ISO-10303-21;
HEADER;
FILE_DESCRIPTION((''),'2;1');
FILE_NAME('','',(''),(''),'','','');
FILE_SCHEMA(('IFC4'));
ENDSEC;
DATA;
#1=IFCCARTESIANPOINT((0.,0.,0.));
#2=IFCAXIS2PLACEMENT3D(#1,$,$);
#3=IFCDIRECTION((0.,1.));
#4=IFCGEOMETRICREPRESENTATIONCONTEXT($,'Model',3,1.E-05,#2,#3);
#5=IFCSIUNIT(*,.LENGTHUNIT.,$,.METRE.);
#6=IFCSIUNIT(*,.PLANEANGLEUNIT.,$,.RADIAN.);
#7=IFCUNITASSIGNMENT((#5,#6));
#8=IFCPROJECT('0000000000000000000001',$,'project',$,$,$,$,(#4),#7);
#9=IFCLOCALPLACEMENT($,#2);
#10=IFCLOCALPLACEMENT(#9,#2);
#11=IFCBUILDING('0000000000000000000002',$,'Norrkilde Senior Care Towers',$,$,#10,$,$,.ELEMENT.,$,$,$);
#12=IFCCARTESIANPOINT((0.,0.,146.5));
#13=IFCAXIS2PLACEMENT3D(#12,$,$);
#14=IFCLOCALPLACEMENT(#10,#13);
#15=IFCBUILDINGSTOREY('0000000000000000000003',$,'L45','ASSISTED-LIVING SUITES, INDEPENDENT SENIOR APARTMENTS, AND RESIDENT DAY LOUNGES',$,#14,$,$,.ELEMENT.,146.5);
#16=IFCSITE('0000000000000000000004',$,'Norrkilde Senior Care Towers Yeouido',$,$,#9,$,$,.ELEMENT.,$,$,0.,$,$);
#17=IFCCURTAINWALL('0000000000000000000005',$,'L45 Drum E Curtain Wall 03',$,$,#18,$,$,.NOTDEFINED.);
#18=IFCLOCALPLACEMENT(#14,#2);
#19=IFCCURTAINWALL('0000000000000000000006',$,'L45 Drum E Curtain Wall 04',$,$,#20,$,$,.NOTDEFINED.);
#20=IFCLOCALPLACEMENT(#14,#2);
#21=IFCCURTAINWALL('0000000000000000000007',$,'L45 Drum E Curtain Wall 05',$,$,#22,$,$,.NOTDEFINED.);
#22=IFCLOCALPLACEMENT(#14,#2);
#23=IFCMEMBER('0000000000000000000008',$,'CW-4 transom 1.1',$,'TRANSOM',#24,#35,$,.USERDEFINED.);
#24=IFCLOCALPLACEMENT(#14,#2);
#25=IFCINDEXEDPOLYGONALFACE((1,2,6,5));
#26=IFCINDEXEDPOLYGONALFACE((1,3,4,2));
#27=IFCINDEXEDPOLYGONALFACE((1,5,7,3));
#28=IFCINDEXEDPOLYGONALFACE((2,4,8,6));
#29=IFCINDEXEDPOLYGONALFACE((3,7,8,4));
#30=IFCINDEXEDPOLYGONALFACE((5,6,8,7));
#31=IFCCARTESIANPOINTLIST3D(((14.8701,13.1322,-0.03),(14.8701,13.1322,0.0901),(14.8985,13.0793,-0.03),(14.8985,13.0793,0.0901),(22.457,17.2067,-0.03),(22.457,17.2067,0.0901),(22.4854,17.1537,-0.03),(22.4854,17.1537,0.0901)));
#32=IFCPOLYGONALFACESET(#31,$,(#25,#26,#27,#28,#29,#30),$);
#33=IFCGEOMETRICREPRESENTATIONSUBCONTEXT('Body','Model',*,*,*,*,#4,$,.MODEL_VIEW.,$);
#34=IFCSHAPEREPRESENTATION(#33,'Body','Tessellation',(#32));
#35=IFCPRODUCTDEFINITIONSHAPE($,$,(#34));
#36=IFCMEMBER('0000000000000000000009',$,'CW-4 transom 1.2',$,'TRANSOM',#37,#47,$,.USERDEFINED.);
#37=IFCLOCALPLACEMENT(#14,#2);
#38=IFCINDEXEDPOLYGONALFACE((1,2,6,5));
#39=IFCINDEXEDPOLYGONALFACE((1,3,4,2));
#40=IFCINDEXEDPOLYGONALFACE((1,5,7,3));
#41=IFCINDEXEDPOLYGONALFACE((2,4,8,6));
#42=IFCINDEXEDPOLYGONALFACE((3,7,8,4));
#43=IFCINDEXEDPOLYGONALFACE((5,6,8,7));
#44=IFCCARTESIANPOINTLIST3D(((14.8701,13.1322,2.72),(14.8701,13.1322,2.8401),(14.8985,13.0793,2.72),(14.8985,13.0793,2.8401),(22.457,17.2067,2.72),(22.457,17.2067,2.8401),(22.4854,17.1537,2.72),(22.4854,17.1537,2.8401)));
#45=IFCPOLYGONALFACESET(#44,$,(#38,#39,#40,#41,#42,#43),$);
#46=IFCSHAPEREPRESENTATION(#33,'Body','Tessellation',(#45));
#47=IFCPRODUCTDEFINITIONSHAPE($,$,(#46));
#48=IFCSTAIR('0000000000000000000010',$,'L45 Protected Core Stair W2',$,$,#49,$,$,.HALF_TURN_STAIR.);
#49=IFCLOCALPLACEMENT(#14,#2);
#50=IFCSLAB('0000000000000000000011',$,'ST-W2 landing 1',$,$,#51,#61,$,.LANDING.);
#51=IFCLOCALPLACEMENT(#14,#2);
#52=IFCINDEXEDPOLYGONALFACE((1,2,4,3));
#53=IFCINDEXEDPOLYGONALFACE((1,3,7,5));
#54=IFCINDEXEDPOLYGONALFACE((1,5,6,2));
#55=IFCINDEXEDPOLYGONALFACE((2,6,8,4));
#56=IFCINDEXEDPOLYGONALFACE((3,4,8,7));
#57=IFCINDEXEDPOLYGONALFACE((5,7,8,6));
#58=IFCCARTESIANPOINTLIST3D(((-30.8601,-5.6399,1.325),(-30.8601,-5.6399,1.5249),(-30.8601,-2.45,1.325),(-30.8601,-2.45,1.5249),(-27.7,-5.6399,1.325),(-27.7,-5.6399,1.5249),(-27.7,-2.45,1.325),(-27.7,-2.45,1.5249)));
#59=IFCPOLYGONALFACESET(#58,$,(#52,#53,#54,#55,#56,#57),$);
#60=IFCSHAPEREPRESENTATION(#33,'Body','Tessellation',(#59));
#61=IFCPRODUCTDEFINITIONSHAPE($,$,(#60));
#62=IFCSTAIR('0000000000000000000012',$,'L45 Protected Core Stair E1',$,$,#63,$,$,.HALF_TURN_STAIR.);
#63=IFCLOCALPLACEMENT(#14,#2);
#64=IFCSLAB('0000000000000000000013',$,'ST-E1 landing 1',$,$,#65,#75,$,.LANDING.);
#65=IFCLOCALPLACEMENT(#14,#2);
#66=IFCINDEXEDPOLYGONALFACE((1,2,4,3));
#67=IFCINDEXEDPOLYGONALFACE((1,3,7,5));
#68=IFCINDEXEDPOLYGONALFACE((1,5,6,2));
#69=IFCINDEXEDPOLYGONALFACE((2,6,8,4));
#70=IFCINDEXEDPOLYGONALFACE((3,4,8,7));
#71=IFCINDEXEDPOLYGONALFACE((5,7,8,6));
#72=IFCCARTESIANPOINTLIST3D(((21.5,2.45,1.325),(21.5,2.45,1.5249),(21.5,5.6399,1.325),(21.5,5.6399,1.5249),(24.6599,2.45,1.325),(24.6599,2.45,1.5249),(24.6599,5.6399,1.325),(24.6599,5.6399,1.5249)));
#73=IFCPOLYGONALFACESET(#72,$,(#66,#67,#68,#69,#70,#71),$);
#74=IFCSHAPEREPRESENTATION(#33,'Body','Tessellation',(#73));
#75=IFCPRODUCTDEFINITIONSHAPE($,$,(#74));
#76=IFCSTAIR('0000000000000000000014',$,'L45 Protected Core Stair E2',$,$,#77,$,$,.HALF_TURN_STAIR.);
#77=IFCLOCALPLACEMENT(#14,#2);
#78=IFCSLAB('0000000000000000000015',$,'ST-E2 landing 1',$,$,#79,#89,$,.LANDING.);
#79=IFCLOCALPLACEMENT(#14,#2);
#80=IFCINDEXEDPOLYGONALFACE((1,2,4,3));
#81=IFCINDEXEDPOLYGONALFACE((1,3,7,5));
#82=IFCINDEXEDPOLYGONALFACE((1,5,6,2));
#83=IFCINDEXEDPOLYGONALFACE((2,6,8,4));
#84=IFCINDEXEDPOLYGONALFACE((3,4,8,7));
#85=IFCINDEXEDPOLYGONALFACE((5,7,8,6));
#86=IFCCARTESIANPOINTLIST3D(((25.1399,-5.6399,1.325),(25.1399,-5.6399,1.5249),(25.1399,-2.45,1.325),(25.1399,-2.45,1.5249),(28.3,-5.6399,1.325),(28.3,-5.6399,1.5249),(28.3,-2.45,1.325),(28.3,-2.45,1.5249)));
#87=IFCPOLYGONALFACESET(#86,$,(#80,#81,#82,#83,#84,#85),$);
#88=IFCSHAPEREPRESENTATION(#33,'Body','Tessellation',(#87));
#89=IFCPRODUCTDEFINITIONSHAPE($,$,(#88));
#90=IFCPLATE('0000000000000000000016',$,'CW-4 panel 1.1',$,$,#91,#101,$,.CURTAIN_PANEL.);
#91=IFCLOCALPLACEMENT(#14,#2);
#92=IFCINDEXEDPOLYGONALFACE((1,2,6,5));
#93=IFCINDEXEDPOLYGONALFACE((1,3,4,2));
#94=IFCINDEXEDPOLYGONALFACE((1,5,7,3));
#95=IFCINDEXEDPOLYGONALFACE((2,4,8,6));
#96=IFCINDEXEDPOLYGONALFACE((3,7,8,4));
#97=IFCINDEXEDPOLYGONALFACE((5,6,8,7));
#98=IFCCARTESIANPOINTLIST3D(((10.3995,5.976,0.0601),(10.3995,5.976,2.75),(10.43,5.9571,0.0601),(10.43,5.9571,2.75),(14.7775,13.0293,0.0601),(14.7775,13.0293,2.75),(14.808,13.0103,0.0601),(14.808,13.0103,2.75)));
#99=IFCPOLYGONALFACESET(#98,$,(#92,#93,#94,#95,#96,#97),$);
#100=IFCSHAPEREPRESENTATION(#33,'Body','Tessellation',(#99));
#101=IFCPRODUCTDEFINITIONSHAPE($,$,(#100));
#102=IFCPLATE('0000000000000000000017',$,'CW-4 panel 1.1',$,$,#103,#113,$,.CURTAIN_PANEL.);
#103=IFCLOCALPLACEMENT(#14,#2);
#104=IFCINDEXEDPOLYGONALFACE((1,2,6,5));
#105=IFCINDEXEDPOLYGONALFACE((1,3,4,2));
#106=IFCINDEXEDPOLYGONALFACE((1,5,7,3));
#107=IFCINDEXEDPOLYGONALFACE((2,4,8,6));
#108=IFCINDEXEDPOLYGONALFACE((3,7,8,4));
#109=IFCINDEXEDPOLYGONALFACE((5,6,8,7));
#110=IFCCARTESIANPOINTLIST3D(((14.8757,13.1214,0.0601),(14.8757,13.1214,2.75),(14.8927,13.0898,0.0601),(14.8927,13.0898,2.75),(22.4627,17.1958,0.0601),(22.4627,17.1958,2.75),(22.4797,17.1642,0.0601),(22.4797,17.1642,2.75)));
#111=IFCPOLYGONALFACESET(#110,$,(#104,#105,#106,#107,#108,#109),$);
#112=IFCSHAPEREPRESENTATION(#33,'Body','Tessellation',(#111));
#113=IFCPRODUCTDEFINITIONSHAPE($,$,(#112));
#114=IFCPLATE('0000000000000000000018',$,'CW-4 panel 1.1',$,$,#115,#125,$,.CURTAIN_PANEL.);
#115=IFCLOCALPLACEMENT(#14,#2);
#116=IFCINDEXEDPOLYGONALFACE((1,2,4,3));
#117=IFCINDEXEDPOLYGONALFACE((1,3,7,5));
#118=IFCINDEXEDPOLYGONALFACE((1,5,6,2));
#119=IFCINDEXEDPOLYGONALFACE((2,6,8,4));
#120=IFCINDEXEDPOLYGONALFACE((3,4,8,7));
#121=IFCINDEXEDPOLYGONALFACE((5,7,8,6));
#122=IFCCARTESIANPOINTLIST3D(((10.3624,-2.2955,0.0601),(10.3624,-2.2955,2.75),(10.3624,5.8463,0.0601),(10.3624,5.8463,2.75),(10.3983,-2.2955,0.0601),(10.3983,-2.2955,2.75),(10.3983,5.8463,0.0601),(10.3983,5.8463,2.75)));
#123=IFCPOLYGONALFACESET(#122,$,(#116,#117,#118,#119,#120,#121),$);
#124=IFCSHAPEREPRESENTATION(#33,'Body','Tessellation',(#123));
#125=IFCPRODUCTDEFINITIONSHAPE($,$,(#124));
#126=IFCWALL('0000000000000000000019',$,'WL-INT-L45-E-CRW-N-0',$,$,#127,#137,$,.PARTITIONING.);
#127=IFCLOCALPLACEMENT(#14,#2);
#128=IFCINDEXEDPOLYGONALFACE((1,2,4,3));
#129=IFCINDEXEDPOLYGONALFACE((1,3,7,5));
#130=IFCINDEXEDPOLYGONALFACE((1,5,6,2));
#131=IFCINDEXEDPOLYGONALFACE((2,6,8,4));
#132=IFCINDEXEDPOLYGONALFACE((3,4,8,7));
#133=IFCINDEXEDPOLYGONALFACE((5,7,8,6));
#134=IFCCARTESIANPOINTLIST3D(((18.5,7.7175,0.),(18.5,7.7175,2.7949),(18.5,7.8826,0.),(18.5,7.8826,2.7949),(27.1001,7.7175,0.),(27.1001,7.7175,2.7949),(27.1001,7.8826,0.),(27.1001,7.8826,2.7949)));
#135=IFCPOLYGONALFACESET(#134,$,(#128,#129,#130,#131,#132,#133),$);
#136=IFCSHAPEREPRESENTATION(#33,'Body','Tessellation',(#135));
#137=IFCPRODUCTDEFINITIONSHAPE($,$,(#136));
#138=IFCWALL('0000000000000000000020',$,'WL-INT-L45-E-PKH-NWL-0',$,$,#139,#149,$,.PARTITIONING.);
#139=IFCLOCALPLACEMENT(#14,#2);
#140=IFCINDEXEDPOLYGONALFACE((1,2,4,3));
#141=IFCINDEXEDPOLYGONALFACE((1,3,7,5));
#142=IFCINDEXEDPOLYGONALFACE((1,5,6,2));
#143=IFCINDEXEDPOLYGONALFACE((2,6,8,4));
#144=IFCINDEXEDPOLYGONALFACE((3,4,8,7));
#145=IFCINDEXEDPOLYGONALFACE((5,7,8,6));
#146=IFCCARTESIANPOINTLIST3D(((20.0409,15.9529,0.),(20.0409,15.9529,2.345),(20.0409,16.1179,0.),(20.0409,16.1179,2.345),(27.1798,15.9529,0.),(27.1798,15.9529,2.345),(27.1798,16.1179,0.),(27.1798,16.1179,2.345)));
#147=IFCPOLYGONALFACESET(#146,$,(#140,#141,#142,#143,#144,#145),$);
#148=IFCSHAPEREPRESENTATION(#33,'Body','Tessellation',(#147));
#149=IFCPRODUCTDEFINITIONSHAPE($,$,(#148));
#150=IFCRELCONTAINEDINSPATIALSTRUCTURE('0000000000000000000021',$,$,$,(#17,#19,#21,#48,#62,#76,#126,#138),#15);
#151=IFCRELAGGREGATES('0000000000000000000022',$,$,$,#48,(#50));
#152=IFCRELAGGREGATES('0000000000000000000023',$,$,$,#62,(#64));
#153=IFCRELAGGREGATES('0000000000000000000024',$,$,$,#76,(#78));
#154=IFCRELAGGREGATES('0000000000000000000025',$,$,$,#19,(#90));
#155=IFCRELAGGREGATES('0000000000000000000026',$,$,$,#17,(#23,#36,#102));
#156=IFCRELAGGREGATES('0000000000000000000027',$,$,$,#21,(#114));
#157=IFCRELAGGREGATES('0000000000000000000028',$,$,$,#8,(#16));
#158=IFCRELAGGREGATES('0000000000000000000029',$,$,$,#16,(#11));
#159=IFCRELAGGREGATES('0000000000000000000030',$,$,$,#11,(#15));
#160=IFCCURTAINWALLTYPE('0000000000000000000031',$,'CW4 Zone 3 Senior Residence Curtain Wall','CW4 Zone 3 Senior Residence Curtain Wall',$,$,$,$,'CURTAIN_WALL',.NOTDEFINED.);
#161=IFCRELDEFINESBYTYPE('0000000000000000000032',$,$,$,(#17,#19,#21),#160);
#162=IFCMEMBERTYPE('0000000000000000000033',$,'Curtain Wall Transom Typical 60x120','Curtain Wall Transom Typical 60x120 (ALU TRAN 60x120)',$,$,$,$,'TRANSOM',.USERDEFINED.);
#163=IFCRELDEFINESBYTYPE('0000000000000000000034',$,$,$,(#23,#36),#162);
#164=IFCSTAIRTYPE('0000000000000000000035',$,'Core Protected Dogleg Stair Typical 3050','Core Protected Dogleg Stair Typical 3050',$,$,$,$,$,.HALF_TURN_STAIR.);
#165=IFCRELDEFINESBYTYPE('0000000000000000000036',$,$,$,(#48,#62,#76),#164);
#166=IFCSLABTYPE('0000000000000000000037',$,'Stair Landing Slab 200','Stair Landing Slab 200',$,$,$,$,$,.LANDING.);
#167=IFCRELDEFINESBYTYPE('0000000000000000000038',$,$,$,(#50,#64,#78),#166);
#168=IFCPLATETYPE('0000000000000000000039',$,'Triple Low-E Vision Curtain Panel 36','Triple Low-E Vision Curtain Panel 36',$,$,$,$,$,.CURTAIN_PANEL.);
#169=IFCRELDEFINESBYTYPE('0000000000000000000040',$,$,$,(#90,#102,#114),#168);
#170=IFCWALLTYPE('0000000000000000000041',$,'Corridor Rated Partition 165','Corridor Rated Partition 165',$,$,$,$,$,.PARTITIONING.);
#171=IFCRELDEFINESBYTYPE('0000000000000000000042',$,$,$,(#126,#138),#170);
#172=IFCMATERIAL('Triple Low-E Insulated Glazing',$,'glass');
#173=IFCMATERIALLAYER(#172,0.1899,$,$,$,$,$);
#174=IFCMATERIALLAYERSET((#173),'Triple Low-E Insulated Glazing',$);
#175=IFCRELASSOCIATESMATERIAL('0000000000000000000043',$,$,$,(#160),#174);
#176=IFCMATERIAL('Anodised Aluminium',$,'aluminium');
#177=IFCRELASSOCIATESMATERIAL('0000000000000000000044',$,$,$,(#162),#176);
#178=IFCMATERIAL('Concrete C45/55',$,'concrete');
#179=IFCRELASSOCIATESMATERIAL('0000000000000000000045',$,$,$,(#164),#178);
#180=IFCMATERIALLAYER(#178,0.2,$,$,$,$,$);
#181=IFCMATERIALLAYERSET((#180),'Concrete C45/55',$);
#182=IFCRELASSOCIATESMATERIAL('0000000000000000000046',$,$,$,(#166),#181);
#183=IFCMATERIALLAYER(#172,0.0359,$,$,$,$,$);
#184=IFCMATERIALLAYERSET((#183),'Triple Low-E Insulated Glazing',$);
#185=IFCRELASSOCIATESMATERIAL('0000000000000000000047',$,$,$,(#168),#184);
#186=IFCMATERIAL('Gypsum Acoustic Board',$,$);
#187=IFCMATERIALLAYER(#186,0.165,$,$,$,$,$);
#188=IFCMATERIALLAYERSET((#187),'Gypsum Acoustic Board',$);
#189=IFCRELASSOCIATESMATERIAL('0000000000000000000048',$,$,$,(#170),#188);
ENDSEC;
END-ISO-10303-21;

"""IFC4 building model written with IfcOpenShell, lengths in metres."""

from ifc_helpers import new_model, si_unit, direction, frame, frame_2d, origin, origin_2d, place, context, subcontext, project, spatial, polyline, rectangle, outline, extrude, source, transform, mapped, material, layer, layer_set, material_profile, profile_set, type_object, type_shapes, element, aggregate, save


model = new_model("IFC4")

# Units and contexts
model_context = context("Model", 3, precision=1e-05, world=origin(), true_north=direction((0.0, 1.0)))
body_context = subcontext(model_context, "Body", "Model", "MODEL_VIEW")
ifc_project = project(units=[si_unit("LENGTHUNIT", "METRE"), si_unit("PLANEANGLEUNIT", "RADIAN")], contexts=[model_context])

# Site, building, storey
site_placement = place(None, origin())
site = spatial("IfcSite", under=ifc_project, at=site_placement, Name="Norrkilde Senior Care Towers Yeouido", CompositionType="ELEMENT", RefElevation=0.0)
building_placement = place(site_placement, origin())
building = spatial("IfcBuilding", under=site, at=building_placement, Name="Norrkilde Senior Care Towers", CompositionType="ELEMENT")
storey_placement = place(building_placement, frame((0.0, 0.0, 146.5)))
storey = spatial("IfcBuildingStorey", under=building, at=storey_placement, Name="L45", Description="ASSISTED-LIVING SUITES, INDEPENDENT SENIOR APARTMENTS, AND RESIDENT DAY LOUNGES", CompositionType="ELEMENT", Elevation=146.5)

# Curtain wall
ifc_material_1 = material(Name="Triple Low-E Insulated Glazing", Category="glass")
ifc_layer_1 = layer(ifc_material_1, 0.1899)
ifc_layer_set_1 = layer_set([ifc_layer_1], Name="Triple Low-E Insulated Glazing")
curtain_wall_type = type_object("IfcCurtainWallType", Name="CW4 Zone 3 Senior Residence Curtain Wall", Description="CW4 Zone 3 Senior Residence Curtain Wall", ElementType="CURTAIN_WALL", PredefinedType="NOTDEFINED", material=ifc_layer_set_1)
curtain_wall_1_placement = place(storey_placement, origin())
curtain_wall_1 = element("IfcCurtainWall", 1, at=curtain_wall_1_placement, inside=storey, type_object=curtain_wall_type, Name="L45 Drum E Curtain Wall 03", PredefinedType="NOTDEFINED")
ifc_material_2 = material(Name="Anodised Aluminium", Category="aluminium")

# Curtain wall
curtain_wall_2_placement = place(storey_placement, origin())
curtain_wall_2 = element("IfcCurtainWall", 2, at=curtain_wall_2_placement, inside=storey, type_object=curtain_wall_type, Name="L45 Drum E Curtain Wall 04", PredefinedType="NOTDEFINED")

# Curtain wall
curtain_wall_3_placement = place(storey_placement, origin())
curtain_wall_3 = element("IfcCurtainWall", 3, at=curtain_wall_3_placement, inside=storey, type_object=curtain_wall_type, Name="L45 Drum E Curtain Wall 05", PredefinedType="NOTDEFINED")

# Members
ifc_material_profile_1 = material_profile(ifc_material_2, rectangle(XDim=0.0601, YDim=0.1201, at=origin_2d()), Name="ALU TRAN 60x120")
ifc_profile_set_1 = profile_set([ifc_material_profile_1], Name="Anodised Aluminium")
member_type_1 = type_object("IfcMemberType", Name="Curtain Wall Transom Typical 60x120", Description="Curtain Wall Transom Typical 60x120 (ALU TRAN 60x120)", ElementType="TRANSOM", PredefinedType="USERDEFINED", material=ifc_profile_set_1)
shared_shape_1 = source(origin(), body_context, "Body", "SweptSolid", [
    extrude(rectangle(XDim=0.0601, YDim=0.1201, at=origin_2d()), origin(), (0.0, 0.0, 1.0), 8.6118),
])
member_1_placement = place(storey_placement, frame((14.8843, 13.1057, 0.03), z_axis=(0.880994, 0.473127, 0.0), x_axis=(-0.473127, 0.880994, 0.0)))
member_1 = element("IfcMember", 4, at=member_1_placement, type_object=member_type_1, Name="CW-4 transom 1.1", ObjectType="TRANSOM", PredefinedType="USERDEFINED", context=body_context, shape_type="MappedRepresentation", body=[
    mapped(shared_shape_1, transform((0.0, 0.0, 0.0), x_axis=(1.0, 0.0, 0.0), y_axis=(0.0, 1.0, 0.0), z_axis=(0.0, 0.0, 1.0), scale=1.0)),
])
member_2_placement = place(storey_placement, frame((14.8843, 13.1057, 2.78), z_axis=(0.880994, 0.473127, 0.0), x_axis=(-0.473127, 0.880994, 0.0)))
member_2 = element("IfcMember", 5, at=member_2_placement, type_object=member_type_1, Name="CW-4 transom 1.2", ObjectType="TRANSOM", PredefinedType="USERDEFINED", context=body_context, shape_type="MappedRepresentation", body=[
    mapped(shared_shape_1, transform((0.0, 0.0, 0.0), x_axis=(1.0, 0.0, 0.0), y_axis=(0.0, 1.0, 0.0), z_axis=(0.0, 0.0, 1.0), scale=1.0)),
])

# Stairs, slabs
ifc_material_3 = material(Name="Concrete C45/55", Category="concrete")
stair_type = type_object("IfcStairType", Name="Core Protected Dogleg Stair Typical 3050", Description="Core Protected Dogleg Stair Typical 3050", PredefinedType="HALF_TURN_STAIR", material=ifc_material_3)
stair_1_placement = place(storey_placement, origin())
stair_1 = element("IfcStair", 6, at=stair_1_placement, inside=storey, type_object=stair_type, Name="L45 Protected Core Stair W2", PredefinedType="HALF_TURN_STAIR")
ifc_layer_2 = layer(ifc_material_3, 0.2)
ifc_layer_set_2 = layer_set([ifc_layer_2], Name="Concrete C45/55")
slab_type = type_object("IfcSlabType", Name="Stair Landing Slab 200", Description="Stair Landing Slab 200", PredefinedType="LANDING", material=ifc_layer_set_2)
slab_1_placement = place(storey_placement, frame((0.0, 0.0, 1.325)))
slab_1 = element("IfcSlab", 7, at=slab_1_placement, type_object=slab_type, Name="ST-W2 landing 1", PredefinedType="LANDING", context=body_context, shape_type="SweptSolid", body=[
    extrude(outline(polyline([(-30.8601, -5.6399), (-27.7, -5.6399), (-27.7, -2.45), (-30.8601, -2.45), (-30.8601, -5.6399)])), origin(), (0.0, 0.0, 1.0), 0.2),
])
aggregate(stair_1, [slab_1])
stair_2_placement = place(storey_placement, origin())
stair_2 = element("IfcStair", 8, at=stair_2_placement, inside=storey, type_object=stair_type, Name="L45 Protected Core Stair E1", PredefinedType="HALF_TURN_STAIR")
slab_2_placement = place(storey_placement, frame((0.0, 0.0, 1.325)))
slab_2 = element("IfcSlab", 9, at=slab_2_placement, type_object=slab_type, Name="ST-E1 landing 1", PredefinedType="LANDING", context=body_context, shape_type="SweptSolid", body=[
    extrude(outline(polyline([(24.6599, 5.6399), (21.5, 5.6399), (21.5, 2.45), (24.6599, 2.45), (24.6599, 5.6399)])), origin(), (0.0, 0.0, 1.0), 0.2),
])
aggregate(stair_2, [slab_2])
stair_3_placement = place(storey_placement, origin())
stair_3 = element("IfcStair", 10, at=stair_3_placement, inside=storey, type_object=stair_type, Name="L45 Protected Core Stair E2", PredefinedType="HALF_TURN_STAIR")
slab_3_placement = place(storey_placement, frame((0.0, 0.0, 1.325)))
slab_3 = element("IfcSlab", 11, at=slab_3_placement, type_object=slab_type, Name="ST-E2 landing 1", PredefinedType="LANDING", context=body_context, shape_type="SweptSolid", body=[
    extrude(outline(polyline([(25.1399, -5.6399), (28.3, -5.6399), (28.3, -2.45), (25.1399, -2.45), (25.1399, -5.6399)])), origin(), (0.0, 0.0, 1.0), 0.2),
])
aggregate(stair_3, [slab_3])

# Plates
ifc_layer_3 = layer(ifc_material_1, 0.0359)
ifc_layer_set_3 = layer_set([ifc_layer_3], Name="Triple Low-E Insulated Glazing")
plate_type = type_object("IfcPlateType", Name="Triple Low-E Vision Curtain Panel 36", Description="Triple Low-E Vision Curtain Panel 36", PredefinedType="CURTAIN_PANEL", material=ifc_layer_set_3)
shared_shape_2 = source(origin(), body_context, "Body", "SweptSolid", [
    extrude(rectangle(XDim=8.3015, YDim=0.0359, at=origin_2d()), origin(), (0.0, 0.0, 1.0), 2.6899),
])
plate_1_placement = place(storey_placement, frame((12.6038, 9.4932, 0.0601), z_axis=(0.0, 0.0, 1.0), x_axis=(0.527373, 0.849634, 0.0)))
plate_1 = element("IfcPlate", 12, at=plate_1_placement, type_object=plate_type, Name="CW-4 panel 1.1", PredefinedType="CURTAIN_PANEL", context=body_context, shape_type="MappedRepresentation", body=[
    mapped(shared_shape_2, transform((0.0, 0.0, 0.0), x_axis=(1.0, 0.0, 0.0), y_axis=(0.0, 1.0, 0.0), z_axis=(0.0, 0.0, 1.0), scale=1.0)),
])
aggregate(curtain_wall_2, [plate_1])
shared_shape_3 = source(origin(), body_context, "Body", "SweptSolid", [
    extrude(rectangle(XDim=8.6118, YDim=0.0359, at=origin_2d()), origin(), (0.0, 0.0, 1.0), 2.6899),
])
plate_2_placement = place(storey_placement, frame((18.6777, 15.1428, 0.0601), z_axis=(0.0, 0.0, 1.0), x_axis=(0.881, 0.473117, 0.0)))
plate_2 = element("IfcPlate", 13, at=plate_2_placement, type_object=plate_type, Name="CW-4 panel 1.1", PredefinedType="CURTAIN_PANEL", context=body_context, shape_type="MappedRepresentation", body=[
    mapped(shared_shape_3, transform((0.0, 0.0, 0.0), x_axis=(1.0, 0.0, 0.0), y_axis=(0.0, 1.0, 0.0), z_axis=(0.0, 0.0, 1.0), scale=1.0)),
])
aggregate(curtain_wall_1, [member_1, member_2, plate_2])
shared_shape_4 = source(origin(), body_context, "Body", "SweptSolid", [
    extrude(rectangle(XDim=8.1418, YDim=0.0359, at=origin_2d()), origin(), (0.0, 0.0, 1.0), 2.6899),
])
type_shapes(plate_type, [shared_shape_2, shared_shape_3, shared_shape_4])
plate_3_placement = place(storey_placement, frame((10.3804, 1.7754, 0.0601), z_axis=(0.0, 0.0, 1.0), x_axis=(0.0, 1.0, 0.0)))
plate_3 = element("IfcPlate", 14, at=plate_3_placement, type_object=plate_type, Name="CW-4 panel 1.1", PredefinedType="CURTAIN_PANEL", context=body_context, shape_type="MappedRepresentation", body=[
    mapped(shared_shape_4, transform((0.0, 0.0, 0.0), x_axis=(1.0, 0.0, 0.0), y_axis=(0.0, 1.0, 0.0), z_axis=(0.0, 0.0, 1.0), scale=1.0)),
])
aggregate(curtain_wall_3, [plate_3])

# Walls
ifc_material_4 = material(Name="Gypsum Acoustic Board")
ifc_layer_4 = layer(ifc_material_4, 0.165)
ifc_layer_set_4 = layer_set([ifc_layer_4], Name="Gypsum Acoustic Board")
wall_type = type_object("IfcWallType", Name="Corridor Rated Partition 165", Description="Corridor Rated Partition 165", PredefinedType="PARTITIONING", material=ifc_layer_set_4)
shared_shape_5 = source(origin(), body_context, "Body", "SweptSolid", [
    extrude(rectangle(XDim=8.6001, YDim=0.165, at=frame_2d((4.3, 0.0))), origin(), (0.0, 0.0, 1.0), 2.7949),
])
wall_1_placement = place(storey_placement, frame((18.5, 7.8, 0.0), z_axis=(0.0, 0.0, 1.0), x_axis=(1.0, 0.0, 0.0)))
element("IfcWall", 15, at=wall_1_placement, inside=storey, type_object=wall_type, Name="WL-INT-L45-E-CRW-N-0", PredefinedType="PARTITIONING", context=body_context, shape_type="MappedRepresentation", body=[
    mapped(shared_shape_5, transform((0.0, 0.0, 0.0), x_axis=(1.0, 0.0, 0.0), y_axis=(0.0, 1.0, 0.0), z_axis=(0.0, 0.0, 1.0), scale=1.0)),
])
shared_shape_6 = source(origin(), body_context, "Body", "SweptSolid", [
    extrude(rectangle(XDim=7.1389, YDim=0.165, at=frame_2d((3.5693, 0.0))), origin(), (0.0, 0.0, 1.0), 2.345),
])
type_shapes(wall_type, [shared_shape_5, shared_shape_6])
wall_2_placement = place(storey_placement, frame((20.041, 16.0354, 0.0), z_axis=(0.0, 0.0, 1.0), x_axis=(1.0, 0.0, 0.0)))
element("IfcWall", 16, at=wall_2_placement, inside=storey, type_object=wall_type, Name="WL-INT-L45-E-PKH-NWL-0", PredefinedType="PARTITIONING", context=body_context, shape_type="MappedRepresentation", body=[
    mapped(shared_shape_6, transform((0.0, 0.0, 0.0), x_axis=(1.0, 0.0, 0.0), y_axis=(0.0, 1.0, 0.0), z_axis=(0.0, 0.0, 1.0), scale=1.0)),
])

save(model, "model.ifc")
